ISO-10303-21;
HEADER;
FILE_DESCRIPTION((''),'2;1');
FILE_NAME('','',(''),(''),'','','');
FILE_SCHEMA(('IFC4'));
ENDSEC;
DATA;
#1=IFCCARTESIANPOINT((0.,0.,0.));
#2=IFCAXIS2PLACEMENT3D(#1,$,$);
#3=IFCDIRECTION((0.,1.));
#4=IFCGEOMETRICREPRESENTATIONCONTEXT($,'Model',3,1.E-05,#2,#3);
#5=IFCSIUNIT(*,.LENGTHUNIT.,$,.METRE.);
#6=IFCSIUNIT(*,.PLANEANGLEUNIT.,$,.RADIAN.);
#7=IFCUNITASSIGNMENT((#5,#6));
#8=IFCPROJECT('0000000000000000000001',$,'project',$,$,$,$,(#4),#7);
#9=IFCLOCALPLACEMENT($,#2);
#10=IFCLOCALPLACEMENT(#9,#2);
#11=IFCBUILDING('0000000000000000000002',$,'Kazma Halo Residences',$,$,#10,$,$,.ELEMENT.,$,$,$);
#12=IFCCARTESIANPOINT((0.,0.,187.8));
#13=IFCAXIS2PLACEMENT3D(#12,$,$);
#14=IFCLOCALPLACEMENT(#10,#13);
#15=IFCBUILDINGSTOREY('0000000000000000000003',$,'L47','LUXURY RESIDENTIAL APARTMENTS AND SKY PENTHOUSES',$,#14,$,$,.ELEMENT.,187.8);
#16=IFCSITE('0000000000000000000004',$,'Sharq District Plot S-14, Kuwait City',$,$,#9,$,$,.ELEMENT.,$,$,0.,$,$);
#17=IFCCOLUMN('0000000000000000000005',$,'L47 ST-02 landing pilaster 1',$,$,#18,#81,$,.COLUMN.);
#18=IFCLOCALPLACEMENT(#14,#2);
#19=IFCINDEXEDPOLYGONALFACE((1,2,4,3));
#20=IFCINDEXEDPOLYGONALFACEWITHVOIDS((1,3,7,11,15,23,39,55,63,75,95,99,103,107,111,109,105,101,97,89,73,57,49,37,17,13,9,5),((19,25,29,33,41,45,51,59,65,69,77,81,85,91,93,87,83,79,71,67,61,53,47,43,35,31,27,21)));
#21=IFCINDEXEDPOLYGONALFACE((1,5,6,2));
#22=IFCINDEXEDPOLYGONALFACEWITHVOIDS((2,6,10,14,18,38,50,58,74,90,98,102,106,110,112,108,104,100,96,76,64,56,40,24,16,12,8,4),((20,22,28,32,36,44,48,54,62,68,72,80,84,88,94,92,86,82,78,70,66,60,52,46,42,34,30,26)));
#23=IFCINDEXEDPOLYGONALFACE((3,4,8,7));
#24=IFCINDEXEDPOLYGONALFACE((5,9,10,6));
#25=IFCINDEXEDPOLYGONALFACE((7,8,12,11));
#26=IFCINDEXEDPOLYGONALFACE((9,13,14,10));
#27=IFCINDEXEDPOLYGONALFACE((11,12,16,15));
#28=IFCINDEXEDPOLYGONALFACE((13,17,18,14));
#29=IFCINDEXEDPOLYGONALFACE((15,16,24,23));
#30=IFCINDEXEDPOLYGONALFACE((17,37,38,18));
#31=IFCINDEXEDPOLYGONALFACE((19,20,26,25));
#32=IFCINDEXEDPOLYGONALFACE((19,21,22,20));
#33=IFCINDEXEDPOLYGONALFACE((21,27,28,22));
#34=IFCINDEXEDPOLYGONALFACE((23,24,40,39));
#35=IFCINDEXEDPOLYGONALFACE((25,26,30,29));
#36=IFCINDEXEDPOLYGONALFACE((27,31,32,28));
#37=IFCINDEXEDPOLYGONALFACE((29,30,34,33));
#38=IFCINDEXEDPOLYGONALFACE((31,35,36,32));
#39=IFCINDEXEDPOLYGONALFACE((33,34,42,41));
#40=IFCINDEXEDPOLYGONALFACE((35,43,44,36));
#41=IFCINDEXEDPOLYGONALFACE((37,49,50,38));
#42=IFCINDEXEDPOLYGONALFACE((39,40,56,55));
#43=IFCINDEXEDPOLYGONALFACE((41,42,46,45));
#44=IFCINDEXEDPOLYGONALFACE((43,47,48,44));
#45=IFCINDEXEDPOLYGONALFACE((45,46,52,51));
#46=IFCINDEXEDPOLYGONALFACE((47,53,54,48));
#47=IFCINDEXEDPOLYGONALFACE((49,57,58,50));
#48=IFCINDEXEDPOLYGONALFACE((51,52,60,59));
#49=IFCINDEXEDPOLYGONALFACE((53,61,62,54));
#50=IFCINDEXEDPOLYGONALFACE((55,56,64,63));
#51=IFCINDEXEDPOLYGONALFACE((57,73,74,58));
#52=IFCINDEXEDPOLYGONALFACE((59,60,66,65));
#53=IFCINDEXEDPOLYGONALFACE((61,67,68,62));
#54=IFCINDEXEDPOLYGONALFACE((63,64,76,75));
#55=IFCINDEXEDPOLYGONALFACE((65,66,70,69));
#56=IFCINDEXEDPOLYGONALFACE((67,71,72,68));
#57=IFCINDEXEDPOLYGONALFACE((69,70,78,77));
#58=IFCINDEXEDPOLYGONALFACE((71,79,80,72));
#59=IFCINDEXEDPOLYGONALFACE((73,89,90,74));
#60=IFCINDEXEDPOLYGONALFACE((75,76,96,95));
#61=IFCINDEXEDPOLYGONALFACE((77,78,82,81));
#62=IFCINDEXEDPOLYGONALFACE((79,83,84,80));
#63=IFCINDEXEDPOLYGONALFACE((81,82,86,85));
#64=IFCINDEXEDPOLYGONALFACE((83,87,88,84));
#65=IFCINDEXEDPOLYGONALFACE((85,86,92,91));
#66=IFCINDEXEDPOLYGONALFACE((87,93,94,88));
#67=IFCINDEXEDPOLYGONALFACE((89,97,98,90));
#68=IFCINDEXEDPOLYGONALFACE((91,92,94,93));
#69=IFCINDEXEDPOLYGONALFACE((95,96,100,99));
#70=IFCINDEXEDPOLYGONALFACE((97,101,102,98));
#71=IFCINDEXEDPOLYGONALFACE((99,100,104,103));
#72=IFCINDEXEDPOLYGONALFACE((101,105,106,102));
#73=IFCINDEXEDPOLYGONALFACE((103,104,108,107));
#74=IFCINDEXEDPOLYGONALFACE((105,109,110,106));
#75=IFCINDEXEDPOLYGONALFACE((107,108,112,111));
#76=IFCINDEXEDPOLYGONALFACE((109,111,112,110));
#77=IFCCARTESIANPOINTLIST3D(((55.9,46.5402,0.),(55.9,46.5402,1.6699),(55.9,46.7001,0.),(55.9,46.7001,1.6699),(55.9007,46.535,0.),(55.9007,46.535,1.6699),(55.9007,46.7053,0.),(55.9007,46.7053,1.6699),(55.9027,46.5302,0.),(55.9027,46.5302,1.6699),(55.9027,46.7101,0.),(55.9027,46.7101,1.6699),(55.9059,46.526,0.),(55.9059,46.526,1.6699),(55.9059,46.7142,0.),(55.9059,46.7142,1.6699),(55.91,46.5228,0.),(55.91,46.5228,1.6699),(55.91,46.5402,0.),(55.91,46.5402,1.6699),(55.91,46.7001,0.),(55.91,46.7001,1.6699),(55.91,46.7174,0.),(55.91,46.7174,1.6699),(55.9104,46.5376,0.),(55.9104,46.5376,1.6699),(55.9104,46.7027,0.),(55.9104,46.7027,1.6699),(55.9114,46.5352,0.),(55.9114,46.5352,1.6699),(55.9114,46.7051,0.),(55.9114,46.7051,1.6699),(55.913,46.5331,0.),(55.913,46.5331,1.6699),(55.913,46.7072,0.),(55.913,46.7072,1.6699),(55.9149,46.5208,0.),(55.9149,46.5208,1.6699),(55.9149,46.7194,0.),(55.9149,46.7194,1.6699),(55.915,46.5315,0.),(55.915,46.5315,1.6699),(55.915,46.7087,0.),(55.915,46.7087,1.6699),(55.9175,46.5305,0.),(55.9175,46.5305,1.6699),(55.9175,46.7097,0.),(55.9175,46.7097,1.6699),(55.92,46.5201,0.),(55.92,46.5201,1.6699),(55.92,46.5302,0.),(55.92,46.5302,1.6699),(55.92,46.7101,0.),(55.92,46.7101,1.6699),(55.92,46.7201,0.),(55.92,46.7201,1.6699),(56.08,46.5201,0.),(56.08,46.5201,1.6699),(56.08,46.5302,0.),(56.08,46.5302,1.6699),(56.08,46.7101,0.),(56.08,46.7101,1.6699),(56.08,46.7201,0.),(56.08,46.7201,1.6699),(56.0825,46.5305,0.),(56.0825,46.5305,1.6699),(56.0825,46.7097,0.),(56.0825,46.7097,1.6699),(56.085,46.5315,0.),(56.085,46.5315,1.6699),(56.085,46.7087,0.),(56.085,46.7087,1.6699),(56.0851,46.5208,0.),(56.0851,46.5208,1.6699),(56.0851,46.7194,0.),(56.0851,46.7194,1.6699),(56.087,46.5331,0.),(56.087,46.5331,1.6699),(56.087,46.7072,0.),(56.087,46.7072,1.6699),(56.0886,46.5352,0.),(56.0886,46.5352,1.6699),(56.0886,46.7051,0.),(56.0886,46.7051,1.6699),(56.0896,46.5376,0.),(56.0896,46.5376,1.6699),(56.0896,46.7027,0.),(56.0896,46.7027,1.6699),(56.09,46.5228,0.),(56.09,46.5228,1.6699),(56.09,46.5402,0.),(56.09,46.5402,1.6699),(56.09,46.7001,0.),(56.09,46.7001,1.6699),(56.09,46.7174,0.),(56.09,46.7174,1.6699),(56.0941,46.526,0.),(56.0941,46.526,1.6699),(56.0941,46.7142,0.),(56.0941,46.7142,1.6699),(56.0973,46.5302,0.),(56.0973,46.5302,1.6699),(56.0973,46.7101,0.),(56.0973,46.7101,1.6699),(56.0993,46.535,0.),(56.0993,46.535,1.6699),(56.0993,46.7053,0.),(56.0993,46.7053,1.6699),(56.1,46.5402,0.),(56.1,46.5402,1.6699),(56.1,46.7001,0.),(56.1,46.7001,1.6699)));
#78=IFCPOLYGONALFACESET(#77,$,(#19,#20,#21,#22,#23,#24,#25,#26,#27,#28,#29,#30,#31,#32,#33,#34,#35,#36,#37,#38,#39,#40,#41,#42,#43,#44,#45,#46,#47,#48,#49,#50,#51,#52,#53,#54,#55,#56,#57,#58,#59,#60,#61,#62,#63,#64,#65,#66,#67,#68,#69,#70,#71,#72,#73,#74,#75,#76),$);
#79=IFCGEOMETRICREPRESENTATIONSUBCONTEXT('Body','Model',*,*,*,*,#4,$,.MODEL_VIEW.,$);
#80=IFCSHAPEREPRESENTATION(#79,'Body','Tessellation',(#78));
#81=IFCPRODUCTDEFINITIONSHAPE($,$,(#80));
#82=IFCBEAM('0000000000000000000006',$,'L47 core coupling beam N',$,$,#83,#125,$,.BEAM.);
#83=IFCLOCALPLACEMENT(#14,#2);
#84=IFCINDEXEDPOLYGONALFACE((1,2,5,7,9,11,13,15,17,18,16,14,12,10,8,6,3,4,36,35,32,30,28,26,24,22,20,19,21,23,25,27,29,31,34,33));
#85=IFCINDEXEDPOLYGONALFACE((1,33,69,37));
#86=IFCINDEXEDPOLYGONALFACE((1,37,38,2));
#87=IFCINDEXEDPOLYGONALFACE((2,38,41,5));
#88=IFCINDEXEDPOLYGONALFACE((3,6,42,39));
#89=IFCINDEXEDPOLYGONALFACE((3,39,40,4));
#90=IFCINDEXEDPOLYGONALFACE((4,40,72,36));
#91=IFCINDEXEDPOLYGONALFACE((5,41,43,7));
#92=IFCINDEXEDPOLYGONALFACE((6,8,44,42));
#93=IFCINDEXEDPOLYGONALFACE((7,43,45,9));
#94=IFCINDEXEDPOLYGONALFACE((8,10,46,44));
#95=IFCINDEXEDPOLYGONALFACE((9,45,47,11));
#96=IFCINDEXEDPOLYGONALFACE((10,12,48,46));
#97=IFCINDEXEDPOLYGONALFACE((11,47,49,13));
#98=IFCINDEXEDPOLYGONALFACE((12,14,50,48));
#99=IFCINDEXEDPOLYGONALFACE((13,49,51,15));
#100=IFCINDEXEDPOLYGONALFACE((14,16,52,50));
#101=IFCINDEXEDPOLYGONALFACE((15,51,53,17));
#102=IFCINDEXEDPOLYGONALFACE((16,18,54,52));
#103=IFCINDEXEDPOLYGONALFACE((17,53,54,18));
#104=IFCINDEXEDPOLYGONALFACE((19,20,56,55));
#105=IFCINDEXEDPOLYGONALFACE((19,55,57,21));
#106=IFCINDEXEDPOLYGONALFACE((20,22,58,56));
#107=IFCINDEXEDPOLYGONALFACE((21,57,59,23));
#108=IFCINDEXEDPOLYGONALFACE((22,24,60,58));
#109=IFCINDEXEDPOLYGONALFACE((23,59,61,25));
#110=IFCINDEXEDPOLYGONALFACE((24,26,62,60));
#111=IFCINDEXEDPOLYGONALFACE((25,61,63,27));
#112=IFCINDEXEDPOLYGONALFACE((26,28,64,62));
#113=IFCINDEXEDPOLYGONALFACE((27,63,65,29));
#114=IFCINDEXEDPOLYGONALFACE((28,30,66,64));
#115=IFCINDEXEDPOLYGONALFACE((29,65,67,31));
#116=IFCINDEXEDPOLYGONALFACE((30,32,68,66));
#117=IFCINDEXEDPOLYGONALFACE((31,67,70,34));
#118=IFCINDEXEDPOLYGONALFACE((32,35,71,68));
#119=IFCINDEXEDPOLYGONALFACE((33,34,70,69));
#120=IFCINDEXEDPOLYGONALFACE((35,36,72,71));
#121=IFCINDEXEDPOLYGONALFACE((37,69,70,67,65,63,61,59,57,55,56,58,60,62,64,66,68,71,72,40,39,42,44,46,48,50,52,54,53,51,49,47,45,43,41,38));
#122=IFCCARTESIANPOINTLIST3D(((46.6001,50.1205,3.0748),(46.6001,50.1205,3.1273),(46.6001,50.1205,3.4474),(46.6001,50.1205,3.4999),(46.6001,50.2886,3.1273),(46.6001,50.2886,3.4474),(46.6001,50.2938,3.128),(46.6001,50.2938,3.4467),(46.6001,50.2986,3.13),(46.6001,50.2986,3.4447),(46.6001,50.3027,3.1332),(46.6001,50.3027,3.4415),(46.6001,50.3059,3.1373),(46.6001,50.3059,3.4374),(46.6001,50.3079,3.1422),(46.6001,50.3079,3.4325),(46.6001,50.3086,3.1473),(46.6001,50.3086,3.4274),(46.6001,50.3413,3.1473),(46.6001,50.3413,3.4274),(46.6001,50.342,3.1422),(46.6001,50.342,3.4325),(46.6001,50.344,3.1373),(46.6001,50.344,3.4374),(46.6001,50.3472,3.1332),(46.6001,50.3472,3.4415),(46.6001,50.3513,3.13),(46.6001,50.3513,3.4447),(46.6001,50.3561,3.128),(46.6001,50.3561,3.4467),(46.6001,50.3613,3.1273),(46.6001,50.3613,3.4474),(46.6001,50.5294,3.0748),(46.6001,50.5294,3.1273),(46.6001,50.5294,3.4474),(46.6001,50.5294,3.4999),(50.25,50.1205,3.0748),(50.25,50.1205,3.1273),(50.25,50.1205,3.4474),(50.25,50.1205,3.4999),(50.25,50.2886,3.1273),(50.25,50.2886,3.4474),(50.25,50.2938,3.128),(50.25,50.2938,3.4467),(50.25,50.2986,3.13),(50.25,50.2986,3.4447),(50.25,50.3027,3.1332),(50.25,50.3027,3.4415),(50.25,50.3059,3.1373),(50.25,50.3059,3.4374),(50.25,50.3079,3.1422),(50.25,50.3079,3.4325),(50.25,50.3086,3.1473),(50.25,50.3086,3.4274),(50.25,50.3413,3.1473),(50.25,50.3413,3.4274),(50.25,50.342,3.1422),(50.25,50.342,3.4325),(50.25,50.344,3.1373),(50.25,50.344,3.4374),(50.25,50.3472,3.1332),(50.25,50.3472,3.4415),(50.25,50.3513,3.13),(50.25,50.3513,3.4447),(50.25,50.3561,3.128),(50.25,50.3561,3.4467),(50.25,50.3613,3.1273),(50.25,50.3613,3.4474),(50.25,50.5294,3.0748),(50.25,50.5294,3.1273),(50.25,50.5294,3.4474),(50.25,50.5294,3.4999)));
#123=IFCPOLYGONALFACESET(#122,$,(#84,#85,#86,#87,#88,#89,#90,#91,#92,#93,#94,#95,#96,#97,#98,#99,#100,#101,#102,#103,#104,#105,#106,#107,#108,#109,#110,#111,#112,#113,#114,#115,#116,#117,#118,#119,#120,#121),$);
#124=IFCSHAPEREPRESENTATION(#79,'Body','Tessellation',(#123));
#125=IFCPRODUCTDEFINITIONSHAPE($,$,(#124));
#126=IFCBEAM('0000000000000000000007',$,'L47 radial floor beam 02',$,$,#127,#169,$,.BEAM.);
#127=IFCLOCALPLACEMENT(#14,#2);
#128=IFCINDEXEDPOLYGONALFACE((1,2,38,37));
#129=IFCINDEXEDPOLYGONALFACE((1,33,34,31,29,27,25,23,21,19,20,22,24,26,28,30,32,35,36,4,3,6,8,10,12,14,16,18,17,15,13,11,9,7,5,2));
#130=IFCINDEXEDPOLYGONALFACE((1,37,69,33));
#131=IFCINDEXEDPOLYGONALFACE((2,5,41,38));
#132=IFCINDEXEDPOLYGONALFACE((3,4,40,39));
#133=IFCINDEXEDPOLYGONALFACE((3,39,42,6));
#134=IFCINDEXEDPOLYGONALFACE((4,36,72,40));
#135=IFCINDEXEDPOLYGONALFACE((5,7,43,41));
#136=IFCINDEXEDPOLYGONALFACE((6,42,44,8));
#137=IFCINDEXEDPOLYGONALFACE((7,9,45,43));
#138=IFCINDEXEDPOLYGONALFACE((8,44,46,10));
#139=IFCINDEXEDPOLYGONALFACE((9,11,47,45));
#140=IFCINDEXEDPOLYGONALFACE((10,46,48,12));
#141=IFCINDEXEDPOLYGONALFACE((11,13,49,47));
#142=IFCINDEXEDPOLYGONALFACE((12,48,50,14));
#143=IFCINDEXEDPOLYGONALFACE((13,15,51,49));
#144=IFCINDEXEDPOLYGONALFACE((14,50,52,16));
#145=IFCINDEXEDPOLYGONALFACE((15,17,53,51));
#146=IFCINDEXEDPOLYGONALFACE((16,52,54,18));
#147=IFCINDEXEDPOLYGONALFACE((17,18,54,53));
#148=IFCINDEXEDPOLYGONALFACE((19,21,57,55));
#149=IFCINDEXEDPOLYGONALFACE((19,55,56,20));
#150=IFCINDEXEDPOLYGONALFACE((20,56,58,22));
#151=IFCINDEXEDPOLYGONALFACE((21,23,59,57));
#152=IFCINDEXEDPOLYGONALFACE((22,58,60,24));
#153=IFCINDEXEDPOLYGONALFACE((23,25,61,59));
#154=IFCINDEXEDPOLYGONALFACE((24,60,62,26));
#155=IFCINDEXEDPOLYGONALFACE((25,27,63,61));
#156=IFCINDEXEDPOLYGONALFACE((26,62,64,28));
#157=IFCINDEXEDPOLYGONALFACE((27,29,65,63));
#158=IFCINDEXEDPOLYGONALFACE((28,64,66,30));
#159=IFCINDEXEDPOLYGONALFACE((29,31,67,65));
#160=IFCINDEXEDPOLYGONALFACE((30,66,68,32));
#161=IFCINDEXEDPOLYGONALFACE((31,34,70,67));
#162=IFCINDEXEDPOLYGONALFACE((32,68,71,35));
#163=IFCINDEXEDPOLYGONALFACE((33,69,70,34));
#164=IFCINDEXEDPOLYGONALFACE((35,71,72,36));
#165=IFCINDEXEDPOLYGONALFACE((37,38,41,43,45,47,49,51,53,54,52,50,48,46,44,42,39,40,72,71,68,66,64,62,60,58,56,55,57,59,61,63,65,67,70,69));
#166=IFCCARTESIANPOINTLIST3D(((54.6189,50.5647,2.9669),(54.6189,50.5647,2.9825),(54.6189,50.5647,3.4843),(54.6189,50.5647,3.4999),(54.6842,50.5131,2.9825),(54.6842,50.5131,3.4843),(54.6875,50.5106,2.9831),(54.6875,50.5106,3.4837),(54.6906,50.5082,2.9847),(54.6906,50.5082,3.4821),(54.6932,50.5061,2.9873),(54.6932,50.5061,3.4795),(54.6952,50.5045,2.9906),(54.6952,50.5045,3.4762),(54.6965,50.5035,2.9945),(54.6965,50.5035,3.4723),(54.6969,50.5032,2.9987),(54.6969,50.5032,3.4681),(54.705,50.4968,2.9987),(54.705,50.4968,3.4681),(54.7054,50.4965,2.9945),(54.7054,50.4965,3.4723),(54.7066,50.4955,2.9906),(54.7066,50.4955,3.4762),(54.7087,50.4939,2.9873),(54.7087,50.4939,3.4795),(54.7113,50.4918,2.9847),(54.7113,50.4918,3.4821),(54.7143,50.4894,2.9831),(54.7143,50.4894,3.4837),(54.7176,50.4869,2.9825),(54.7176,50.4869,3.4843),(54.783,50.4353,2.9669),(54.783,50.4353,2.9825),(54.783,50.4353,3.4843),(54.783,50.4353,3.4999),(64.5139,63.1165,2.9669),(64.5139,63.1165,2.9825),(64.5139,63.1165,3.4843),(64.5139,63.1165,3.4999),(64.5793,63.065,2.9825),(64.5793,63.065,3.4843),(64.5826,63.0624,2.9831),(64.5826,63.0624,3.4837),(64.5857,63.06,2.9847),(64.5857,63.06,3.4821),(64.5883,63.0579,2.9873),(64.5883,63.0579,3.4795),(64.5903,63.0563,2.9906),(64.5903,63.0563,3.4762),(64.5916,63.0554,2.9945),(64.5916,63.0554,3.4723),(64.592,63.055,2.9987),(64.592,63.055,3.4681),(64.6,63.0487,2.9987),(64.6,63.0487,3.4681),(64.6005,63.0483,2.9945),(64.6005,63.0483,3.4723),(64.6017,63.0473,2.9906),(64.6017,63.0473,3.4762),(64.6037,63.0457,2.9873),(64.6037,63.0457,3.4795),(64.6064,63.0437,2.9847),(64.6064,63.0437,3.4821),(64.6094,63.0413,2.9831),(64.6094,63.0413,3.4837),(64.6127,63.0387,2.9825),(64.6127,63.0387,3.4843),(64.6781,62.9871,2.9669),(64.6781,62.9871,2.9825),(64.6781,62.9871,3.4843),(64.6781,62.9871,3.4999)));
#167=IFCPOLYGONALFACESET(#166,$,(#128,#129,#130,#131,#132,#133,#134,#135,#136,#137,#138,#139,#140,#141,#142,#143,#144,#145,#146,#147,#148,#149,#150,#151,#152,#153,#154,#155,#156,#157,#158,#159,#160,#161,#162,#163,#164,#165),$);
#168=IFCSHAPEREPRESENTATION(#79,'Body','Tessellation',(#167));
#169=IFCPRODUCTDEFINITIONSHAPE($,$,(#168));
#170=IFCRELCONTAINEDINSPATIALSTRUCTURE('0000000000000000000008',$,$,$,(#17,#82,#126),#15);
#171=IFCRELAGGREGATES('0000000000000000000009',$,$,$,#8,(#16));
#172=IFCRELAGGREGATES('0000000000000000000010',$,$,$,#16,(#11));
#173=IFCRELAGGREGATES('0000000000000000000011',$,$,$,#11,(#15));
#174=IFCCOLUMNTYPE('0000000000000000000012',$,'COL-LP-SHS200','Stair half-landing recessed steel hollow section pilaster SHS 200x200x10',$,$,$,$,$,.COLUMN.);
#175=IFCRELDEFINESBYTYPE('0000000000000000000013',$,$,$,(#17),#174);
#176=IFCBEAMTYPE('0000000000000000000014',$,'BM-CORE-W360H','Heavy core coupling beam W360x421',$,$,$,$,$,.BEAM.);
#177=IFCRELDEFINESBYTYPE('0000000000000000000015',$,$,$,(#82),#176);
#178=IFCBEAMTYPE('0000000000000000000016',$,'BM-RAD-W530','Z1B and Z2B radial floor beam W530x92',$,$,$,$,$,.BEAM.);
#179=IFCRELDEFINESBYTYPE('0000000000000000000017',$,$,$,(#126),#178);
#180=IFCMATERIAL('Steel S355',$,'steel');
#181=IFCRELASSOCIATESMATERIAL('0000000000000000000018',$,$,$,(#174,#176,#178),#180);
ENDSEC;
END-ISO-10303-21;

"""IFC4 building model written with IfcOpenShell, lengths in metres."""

from ifc_helpers import new_model, si_unit, direction, frame, origin, origin_2d, place, context, subcontext, project, spatial, hollow_rectangle, i_section, extrude, material, material_profile, profile_set, type_object, element, save


model = new_model("IFC4")

# Units and contexts
model_context = context("Model", 3, precision=1e-05, world=origin(), true_north=direction((0.0, 1.0)))
body_context = subcontext(model_context, "Body", "Model", "MODEL_VIEW")
ifc_project = project(units=[si_unit("LENGTHUNIT", "METRE"), si_unit("PLANEANGLEUNIT", "RADIAN")], contexts=[model_context])

# Site, building, storey
site_placement = place(None, origin())
site = spatial("IfcSite", under=ifc_project, at=site_placement, Name="Sharq District Plot S-14, Kuwait City", CompositionType="ELEMENT", RefElevation=0.0)
building_placement = place(site_placement, origin())
building = spatial("IfcBuilding", under=site, at=building_placement, Name="Kazma Halo Residences", CompositionType="ELEMENT")
storey_placement = place(building_placement, frame((0.0, 0.0, 187.8)))
storey = spatial("IfcBuildingStorey", under=building, at=storey_placement, Name="L47", Description="LUXURY RESIDENTIAL APARTMENTS AND SKY PENTHOUSES", CompositionType="ELEMENT", Elevation=187.8)

# Column
ifc_material_1 = material(Name="Steel S355", Category="steel")
ifc_material_profile_1 = material_profile(ifc_material_1, hollow_rectangle(XDim=0.2, YDim=0.2, WallThickness=0.01, InnerFilletRadius=0.01, OuterFilletRadius=0.02, at=origin_2d()), Name="SHS200x200x10")
ifc_profile_set_1 = profile_set([ifc_material_profile_1], Name="Steel S355")
column_type = type_object("IfcColumnType", Name="COL-LP-SHS200", Description="Stair half-landing recessed steel hollow section pilaster SHS 200x200x10", PredefinedType="COLUMN", material=ifc_profile_set_1)
column_placement = place(storey_placement, frame((56.0, 46.6201, 0.0), z_axis=(0.0, 0.0, 1.0), x_axis=(1.0, 0.0, 0.0)))
element("IfcColumn", 1, at=column_placement, inside=storey, type_object=column_type, Name="L47 ST-02 landing pilaster 1", PredefinedType="COLUMN", context=body_context, shape_type="SweptSolid", body=[
    extrude(hollow_rectangle(XDim=0.2, YDim=0.2, WallThickness=0.01, InnerFilletRadius=0.01, OuterFilletRadius=0.02, at=origin_2d()), origin(), (0.0, 0.0, 1.0), 1.6699),
])

# Beams
ifc_material_profile_2 = material_profile(ifc_material_1, i_section(OverallWidth=0.4089, OverallDepth=0.425, WebThickness=0.0327, FlangeThickness=0.0525, FilletRadius=0.02, at=origin_2d()), Name="W360x421")
ifc_profile_set_2 = profile_set([ifc_material_profile_2], Name="Steel S355")
beam_type_1 = type_object("IfcBeamType", Name="BM-CORE-W360H", Description="Heavy core coupling beam W360x421", PredefinedType="BEAM", material=ifc_profile_set_2)
beam_1_placement = place(storey_placement, frame((46.6001, 50.325, 3.2874), z_axis=(1.0, 0.0, 0.0), x_axis=(0.0, 1.0, 0.0)))
element("IfcBeam", 2, at=beam_1_placement, inside=storey, type_object=beam_type_1, Name="L47 core coupling beam N", PredefinedType="BEAM", context=body_context, shape_type="SweptSolid", body=[
    extrude(i_section(OverallWidth=0.4089, OverallDepth=0.425, WebThickness=0.0327, FlangeThickness=0.0525, FilletRadius=0.02, at=origin_2d()), origin(), (0.0, 0.0, 1.0), 3.6499),
])
ifc_material_profile_3 = material_profile(ifc_material_1, i_section(OverallWidth=0.209, OverallDepth=0.533, WebThickness=0.0103, FlangeThickness=0.0156, FilletRadius=0.0161, at=origin_2d()), Name="W530x92")
ifc_profile_set_3 = profile_set([ifc_material_profile_3], Name="Steel S355")
beam_type_2 = type_object("IfcBeamType", Name="BM-RAD-W530", Description="Z1B and Z2B radial floor beam W530x92", PredefinedType="BEAM", material=ifc_profile_set_3)
beam_2_placement = place(storey_placement, frame((54.7009, 50.5, 3.2334), z_axis=(0.619094, 0.785317, 0.0), x_axis=(-0.785317, 0.619094, 0.0)))
element("IfcBeam", 3, at=beam_2_placement, inside=storey, type_object=beam_type_2, Name="L47 radial floor beam 02", PredefinedType="BEAM", context=body_context, shape_type="SweptSolid", body=[
    extrude(i_section(OverallWidth=0.209, OverallDepth=0.533, WebThickness=0.0103, FlangeThickness=0.0156, FilletRadius=0.0161, at=origin_2d()), origin(), (0.0, 0.0, 1.0), 15.9832),
])

save(model, "model.ifc")
